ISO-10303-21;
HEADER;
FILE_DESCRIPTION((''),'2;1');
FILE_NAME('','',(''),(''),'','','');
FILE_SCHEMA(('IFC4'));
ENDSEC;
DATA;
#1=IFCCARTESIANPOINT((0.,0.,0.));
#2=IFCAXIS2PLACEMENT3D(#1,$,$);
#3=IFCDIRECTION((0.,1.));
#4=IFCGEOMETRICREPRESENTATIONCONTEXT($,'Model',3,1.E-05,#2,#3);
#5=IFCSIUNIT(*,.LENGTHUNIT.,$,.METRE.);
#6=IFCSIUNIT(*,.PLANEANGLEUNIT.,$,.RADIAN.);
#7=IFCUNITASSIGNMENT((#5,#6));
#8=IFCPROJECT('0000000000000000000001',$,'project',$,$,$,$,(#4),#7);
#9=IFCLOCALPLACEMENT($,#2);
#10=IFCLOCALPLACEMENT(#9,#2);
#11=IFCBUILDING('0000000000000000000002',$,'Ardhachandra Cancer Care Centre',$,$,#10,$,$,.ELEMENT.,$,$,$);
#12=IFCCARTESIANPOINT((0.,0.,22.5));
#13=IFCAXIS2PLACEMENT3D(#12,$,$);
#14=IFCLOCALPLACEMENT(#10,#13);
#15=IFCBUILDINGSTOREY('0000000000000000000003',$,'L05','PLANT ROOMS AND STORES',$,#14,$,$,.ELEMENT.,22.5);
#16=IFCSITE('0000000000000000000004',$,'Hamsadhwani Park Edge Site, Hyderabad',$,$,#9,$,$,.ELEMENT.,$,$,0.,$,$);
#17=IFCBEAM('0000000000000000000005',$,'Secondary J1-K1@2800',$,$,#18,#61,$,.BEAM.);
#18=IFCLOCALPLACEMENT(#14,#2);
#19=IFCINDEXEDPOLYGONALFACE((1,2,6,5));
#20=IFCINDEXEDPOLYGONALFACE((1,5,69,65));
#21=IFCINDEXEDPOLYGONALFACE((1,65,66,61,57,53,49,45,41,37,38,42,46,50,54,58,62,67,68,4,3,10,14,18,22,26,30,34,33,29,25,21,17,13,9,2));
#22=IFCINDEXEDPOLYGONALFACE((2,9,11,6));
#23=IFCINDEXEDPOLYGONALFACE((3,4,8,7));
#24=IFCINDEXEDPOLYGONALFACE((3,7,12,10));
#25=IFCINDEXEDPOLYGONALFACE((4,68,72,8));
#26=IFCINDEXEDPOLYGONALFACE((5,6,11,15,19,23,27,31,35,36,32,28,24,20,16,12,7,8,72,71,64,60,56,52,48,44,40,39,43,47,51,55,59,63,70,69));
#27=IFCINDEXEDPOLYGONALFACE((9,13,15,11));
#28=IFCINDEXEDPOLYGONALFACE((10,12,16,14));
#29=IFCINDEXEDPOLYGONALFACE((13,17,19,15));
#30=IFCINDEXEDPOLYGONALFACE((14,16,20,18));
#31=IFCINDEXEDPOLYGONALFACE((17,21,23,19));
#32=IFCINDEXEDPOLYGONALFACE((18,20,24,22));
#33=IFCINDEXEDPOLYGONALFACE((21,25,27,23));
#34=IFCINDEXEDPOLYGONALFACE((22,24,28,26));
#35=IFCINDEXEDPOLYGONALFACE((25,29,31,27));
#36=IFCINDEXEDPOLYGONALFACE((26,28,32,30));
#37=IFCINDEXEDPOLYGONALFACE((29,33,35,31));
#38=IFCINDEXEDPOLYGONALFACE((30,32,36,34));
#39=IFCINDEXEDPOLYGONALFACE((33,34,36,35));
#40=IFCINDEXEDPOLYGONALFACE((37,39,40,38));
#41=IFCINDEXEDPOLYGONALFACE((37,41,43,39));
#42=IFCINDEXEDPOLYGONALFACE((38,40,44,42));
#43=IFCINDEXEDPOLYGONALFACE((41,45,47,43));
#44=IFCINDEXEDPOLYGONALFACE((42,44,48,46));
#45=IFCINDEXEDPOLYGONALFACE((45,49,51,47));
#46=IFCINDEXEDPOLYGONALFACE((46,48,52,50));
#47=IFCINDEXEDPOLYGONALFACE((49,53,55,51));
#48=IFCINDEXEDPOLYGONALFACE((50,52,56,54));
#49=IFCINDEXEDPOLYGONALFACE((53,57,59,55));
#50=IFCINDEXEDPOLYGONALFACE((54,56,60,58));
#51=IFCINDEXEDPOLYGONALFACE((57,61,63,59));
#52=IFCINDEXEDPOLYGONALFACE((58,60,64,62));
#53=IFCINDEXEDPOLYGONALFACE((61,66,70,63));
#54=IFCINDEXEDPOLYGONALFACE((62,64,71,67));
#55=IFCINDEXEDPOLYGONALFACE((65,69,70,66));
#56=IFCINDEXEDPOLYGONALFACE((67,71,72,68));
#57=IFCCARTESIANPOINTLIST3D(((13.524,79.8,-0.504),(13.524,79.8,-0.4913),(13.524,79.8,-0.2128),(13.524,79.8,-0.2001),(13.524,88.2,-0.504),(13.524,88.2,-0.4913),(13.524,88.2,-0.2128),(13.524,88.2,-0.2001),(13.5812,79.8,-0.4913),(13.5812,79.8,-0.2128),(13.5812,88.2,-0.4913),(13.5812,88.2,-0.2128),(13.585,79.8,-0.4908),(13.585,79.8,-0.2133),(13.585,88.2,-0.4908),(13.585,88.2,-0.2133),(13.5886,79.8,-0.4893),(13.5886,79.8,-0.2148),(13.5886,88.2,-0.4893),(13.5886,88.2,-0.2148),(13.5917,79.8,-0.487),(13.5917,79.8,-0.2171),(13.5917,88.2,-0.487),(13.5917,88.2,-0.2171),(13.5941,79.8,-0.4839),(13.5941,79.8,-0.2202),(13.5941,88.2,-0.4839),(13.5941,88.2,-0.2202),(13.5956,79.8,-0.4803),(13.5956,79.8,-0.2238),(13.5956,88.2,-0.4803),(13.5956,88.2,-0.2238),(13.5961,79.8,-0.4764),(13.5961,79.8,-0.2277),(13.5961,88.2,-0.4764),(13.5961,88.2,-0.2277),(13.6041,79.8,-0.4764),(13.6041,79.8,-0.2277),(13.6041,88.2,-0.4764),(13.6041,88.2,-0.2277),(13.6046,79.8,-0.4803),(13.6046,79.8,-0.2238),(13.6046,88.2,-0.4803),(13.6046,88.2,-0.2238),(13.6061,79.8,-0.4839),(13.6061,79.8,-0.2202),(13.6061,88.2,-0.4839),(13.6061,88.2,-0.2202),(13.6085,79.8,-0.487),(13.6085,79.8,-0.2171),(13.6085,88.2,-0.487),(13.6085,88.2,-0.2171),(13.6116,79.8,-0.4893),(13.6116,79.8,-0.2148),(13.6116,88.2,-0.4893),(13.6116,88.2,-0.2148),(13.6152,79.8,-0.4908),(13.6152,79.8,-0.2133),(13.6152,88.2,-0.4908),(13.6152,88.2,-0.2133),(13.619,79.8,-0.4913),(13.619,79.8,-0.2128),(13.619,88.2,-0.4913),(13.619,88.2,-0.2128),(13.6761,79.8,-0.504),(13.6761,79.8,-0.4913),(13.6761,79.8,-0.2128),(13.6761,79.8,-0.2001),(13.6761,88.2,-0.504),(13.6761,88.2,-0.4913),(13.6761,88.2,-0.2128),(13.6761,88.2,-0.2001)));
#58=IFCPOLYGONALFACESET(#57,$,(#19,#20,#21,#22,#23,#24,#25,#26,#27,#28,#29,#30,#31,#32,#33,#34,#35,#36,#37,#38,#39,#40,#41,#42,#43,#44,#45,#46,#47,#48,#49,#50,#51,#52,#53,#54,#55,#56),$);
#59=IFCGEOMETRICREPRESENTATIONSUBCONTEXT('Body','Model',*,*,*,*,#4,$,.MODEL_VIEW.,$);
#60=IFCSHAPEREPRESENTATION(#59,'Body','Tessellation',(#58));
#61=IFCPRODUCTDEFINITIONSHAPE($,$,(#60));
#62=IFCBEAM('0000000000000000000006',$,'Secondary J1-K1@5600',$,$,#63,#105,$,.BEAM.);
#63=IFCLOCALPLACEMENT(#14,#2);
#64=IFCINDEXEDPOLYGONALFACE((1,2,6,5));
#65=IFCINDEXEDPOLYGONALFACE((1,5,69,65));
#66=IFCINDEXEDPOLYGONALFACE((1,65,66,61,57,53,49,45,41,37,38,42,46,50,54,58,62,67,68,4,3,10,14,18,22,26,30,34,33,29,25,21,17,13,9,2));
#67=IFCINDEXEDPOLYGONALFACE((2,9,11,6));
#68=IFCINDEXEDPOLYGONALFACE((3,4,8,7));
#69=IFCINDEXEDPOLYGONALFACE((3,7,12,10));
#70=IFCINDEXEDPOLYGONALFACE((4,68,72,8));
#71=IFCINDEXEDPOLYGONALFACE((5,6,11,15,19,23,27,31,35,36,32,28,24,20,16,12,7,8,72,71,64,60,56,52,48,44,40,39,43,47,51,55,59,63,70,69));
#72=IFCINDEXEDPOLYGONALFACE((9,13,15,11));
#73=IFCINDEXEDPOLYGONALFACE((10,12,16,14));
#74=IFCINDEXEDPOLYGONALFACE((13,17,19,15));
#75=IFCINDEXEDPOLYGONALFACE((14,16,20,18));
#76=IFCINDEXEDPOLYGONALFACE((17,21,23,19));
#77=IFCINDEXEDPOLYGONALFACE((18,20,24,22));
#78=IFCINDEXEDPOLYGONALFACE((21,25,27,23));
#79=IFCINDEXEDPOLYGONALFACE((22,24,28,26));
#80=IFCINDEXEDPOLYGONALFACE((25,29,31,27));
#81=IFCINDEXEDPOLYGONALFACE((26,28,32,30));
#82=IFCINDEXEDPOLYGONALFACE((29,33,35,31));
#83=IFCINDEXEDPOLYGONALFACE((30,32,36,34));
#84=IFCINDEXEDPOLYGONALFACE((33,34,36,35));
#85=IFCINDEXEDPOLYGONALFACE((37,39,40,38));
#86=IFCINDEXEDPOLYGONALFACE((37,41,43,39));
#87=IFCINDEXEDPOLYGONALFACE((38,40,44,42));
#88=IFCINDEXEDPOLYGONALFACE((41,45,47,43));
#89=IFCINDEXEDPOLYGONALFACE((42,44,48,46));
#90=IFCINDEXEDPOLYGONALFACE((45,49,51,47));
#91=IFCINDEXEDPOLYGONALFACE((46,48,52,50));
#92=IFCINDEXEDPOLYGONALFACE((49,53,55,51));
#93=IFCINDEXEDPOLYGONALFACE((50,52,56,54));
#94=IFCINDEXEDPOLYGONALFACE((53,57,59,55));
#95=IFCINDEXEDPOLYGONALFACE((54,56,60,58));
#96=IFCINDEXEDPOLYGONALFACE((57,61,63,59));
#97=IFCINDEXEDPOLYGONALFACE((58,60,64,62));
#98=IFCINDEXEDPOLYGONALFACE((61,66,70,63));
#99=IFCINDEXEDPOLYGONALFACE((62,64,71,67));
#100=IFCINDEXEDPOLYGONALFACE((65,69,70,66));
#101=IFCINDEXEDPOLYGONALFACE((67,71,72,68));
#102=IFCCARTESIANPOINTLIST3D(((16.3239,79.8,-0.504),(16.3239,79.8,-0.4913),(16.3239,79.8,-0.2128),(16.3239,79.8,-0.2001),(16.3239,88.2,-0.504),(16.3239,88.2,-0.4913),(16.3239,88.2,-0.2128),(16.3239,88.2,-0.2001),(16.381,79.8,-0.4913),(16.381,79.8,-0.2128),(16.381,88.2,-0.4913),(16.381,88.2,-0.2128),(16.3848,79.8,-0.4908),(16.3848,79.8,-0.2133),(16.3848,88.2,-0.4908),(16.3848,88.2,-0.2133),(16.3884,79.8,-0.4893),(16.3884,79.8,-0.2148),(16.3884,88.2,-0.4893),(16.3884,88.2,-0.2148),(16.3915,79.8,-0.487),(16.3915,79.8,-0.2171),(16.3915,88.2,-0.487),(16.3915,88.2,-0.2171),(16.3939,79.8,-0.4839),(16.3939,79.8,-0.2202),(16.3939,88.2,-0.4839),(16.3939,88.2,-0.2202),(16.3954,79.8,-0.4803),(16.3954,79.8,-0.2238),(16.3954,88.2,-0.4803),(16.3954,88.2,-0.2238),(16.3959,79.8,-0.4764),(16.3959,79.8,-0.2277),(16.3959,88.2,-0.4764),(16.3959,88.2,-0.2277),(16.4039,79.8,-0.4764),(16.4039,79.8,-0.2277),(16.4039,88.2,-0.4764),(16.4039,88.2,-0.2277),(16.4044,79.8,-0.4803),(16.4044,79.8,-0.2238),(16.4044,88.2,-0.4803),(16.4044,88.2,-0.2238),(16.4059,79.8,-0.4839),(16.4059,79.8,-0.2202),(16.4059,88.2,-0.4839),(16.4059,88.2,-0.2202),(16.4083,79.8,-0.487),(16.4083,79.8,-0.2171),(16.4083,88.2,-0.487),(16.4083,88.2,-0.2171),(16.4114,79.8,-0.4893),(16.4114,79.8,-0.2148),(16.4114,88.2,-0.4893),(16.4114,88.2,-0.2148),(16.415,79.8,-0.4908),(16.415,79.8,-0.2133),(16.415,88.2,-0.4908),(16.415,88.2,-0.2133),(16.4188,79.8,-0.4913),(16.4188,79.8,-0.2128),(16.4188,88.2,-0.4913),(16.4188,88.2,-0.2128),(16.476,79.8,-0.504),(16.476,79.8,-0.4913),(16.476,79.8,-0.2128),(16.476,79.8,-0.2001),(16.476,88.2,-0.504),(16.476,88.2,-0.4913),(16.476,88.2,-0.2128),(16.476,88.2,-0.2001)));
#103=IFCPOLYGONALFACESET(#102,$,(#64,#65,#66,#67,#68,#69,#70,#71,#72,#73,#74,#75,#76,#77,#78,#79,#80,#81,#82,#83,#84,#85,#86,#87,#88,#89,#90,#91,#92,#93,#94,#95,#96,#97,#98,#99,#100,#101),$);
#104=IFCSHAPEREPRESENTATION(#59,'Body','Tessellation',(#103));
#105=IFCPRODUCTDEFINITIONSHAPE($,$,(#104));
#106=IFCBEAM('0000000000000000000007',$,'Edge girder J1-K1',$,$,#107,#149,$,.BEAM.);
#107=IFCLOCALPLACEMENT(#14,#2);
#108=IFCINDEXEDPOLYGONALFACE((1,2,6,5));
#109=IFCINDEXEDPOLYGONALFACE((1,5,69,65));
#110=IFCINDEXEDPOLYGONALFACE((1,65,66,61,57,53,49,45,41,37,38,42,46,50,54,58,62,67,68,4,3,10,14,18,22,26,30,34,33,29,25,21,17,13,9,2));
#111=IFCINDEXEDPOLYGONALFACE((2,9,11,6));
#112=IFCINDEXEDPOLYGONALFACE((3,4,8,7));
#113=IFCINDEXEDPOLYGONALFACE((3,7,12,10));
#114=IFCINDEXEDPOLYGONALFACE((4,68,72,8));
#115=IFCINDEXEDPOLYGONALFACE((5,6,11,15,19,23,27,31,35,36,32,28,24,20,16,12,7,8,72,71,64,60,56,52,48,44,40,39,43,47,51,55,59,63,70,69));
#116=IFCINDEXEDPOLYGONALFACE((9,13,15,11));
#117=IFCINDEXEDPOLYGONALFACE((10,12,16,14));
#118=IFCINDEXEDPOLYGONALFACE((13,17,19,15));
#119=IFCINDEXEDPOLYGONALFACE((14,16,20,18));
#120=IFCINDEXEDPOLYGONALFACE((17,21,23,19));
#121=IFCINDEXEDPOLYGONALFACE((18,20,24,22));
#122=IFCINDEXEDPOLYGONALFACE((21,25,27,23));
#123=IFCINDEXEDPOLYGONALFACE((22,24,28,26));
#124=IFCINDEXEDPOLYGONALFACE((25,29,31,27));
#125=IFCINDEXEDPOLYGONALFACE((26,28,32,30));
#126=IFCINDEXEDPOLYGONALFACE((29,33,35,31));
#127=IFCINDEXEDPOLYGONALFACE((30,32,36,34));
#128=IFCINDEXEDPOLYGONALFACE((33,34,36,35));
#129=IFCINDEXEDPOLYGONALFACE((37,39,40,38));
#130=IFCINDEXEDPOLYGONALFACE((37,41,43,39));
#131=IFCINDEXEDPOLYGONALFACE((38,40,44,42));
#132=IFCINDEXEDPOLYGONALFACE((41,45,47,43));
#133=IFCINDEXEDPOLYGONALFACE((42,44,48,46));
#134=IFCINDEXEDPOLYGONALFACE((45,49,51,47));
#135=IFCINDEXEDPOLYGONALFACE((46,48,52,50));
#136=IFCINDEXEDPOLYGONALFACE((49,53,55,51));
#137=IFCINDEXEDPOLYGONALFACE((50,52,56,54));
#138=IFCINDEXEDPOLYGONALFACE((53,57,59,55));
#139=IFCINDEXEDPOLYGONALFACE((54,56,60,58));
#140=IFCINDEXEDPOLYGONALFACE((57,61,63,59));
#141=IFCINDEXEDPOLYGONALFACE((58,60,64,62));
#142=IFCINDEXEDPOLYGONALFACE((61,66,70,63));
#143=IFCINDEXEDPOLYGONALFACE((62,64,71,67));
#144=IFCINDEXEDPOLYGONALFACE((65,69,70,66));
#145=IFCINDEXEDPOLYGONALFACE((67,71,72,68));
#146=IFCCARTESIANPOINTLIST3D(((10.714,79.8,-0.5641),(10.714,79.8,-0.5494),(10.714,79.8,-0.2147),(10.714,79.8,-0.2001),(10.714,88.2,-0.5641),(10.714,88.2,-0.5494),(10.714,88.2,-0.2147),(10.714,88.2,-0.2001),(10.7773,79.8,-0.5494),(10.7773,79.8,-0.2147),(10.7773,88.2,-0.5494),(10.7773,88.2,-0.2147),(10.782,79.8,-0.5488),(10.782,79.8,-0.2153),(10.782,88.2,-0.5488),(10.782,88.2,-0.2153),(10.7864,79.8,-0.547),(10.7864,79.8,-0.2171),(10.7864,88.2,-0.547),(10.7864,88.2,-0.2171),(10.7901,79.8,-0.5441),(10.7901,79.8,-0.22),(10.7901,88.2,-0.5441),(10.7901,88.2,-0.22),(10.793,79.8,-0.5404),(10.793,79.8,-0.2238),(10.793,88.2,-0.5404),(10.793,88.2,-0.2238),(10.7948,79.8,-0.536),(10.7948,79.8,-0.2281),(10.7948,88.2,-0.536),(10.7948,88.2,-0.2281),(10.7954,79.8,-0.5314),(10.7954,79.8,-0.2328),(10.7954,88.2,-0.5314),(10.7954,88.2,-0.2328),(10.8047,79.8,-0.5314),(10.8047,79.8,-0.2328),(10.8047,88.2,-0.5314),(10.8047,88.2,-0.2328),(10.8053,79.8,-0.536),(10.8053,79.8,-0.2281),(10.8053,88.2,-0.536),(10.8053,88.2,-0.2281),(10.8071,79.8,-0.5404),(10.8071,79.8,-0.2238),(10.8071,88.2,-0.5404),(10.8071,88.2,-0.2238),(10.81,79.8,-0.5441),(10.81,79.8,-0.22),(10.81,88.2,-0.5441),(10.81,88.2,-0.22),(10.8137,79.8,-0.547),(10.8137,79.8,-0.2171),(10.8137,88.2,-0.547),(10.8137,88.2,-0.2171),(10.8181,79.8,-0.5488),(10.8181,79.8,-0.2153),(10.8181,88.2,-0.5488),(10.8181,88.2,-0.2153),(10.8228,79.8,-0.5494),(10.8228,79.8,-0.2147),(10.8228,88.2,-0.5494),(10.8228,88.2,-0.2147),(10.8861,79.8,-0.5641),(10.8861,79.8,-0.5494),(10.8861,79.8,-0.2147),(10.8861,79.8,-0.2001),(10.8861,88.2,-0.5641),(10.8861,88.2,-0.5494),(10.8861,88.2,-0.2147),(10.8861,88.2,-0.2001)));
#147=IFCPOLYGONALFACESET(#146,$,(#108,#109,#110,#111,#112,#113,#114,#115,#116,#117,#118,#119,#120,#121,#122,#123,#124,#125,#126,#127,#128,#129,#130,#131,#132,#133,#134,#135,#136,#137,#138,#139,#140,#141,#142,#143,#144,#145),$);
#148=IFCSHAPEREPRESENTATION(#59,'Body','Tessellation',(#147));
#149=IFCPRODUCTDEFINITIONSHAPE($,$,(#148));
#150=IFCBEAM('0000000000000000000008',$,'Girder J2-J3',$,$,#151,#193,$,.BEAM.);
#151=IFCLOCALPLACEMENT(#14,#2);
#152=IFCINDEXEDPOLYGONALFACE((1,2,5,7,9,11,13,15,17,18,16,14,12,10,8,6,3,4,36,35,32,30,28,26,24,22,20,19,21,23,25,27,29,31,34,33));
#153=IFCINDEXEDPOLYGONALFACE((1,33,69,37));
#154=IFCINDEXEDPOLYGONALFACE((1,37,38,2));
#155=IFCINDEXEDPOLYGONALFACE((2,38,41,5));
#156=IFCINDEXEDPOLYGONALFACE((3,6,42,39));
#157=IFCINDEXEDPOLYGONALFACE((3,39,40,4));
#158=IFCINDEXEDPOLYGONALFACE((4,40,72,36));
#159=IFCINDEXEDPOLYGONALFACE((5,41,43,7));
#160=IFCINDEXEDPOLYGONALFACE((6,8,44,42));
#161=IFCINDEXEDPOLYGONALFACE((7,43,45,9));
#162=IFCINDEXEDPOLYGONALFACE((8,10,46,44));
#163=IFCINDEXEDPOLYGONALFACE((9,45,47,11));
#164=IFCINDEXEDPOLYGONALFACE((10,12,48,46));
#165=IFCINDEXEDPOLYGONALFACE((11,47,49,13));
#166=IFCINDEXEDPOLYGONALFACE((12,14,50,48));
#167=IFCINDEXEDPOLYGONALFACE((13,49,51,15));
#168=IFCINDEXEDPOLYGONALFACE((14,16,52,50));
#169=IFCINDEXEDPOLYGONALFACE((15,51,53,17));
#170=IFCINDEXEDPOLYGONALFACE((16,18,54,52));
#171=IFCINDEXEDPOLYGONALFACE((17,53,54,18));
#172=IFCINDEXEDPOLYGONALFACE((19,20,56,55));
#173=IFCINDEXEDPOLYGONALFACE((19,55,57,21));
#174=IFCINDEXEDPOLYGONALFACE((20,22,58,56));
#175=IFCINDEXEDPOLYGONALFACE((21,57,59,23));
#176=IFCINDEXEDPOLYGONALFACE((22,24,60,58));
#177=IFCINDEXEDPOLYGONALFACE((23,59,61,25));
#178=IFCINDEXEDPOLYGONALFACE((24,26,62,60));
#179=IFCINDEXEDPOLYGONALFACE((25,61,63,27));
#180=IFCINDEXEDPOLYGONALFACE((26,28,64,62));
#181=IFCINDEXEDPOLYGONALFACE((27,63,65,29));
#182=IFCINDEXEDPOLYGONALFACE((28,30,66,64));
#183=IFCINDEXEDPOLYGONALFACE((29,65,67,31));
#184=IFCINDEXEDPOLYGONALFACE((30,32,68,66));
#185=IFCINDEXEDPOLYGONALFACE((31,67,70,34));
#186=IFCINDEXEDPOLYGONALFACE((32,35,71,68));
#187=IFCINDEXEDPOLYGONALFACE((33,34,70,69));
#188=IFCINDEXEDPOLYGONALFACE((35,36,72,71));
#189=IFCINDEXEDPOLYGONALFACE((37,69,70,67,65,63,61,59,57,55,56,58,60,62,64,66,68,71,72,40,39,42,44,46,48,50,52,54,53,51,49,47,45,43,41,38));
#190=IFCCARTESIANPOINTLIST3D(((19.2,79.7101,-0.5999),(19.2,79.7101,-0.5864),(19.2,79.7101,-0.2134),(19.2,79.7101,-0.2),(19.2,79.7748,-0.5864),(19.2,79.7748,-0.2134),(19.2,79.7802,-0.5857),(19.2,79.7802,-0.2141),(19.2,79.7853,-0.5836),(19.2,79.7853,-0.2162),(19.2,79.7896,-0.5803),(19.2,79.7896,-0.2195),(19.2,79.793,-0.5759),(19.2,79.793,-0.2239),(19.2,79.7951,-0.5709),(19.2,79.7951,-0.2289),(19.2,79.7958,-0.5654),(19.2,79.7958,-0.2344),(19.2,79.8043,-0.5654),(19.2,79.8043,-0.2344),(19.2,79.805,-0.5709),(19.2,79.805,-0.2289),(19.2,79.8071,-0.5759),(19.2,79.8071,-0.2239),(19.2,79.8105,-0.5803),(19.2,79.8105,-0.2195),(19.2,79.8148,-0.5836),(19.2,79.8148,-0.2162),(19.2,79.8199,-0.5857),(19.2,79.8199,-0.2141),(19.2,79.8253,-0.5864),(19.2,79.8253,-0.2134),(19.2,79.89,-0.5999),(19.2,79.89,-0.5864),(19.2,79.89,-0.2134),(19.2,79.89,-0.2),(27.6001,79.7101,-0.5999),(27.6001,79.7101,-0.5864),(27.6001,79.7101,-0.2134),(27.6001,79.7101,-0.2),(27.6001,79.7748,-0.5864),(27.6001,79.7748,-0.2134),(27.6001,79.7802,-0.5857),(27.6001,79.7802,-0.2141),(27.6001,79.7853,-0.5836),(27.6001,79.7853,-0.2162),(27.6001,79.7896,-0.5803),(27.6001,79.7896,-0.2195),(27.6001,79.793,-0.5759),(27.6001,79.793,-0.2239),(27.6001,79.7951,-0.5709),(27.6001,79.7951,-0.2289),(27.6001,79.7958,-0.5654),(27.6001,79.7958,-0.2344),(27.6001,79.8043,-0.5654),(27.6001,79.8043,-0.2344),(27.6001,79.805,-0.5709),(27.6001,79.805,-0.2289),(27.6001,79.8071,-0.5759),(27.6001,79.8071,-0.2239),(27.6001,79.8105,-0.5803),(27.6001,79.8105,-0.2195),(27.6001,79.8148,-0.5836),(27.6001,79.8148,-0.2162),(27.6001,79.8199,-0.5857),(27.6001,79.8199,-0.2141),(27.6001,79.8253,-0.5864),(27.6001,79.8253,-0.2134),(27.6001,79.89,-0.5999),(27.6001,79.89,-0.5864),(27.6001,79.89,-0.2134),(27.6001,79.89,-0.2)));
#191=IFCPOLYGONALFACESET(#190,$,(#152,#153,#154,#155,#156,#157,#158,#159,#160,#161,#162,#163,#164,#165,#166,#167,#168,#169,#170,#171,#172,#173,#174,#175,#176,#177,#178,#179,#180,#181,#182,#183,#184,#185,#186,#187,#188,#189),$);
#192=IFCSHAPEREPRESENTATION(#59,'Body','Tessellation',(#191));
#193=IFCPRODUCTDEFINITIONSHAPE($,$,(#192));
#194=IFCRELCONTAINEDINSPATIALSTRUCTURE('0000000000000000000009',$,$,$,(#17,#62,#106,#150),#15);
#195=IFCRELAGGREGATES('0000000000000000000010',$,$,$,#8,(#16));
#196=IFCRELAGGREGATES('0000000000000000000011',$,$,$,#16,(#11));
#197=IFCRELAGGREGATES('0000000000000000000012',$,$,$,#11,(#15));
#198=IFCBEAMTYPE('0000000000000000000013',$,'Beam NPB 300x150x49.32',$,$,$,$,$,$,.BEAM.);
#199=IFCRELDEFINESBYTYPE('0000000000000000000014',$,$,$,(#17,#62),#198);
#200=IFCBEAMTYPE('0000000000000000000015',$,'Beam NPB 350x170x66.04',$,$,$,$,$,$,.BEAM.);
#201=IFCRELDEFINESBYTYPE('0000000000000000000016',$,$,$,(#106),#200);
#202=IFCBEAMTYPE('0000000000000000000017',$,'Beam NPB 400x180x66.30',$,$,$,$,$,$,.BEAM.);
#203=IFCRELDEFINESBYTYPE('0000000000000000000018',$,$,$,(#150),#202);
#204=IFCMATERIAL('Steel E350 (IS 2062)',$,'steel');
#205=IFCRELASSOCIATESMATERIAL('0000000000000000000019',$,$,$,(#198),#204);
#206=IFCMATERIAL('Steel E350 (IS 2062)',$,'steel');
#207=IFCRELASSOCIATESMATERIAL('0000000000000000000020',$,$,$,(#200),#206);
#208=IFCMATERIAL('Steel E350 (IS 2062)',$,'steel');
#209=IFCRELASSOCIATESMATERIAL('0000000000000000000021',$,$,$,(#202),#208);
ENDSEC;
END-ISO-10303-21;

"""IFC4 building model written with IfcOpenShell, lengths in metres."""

from ifc_helpers import new_model, si_unit, direction, frame, origin, origin_2d, place, context, subcontext, project, spatial, i_section, extrude, material, material_profile, profile_set, type_object, element, save


model = new_model("IFC4")

# Units and contexts
model_context = context("Model", 3, precision=1e-05, world=origin(), true_north=direction((0.0, 1.0)))
body_context = subcontext(model_context, "Body", "Model", "MODEL_VIEW")
ifc_project = project(units=[si_unit("LENGTHUNIT", "METRE"), si_unit("PLANEANGLEUNIT", "RADIAN")], contexts=[model_context])

# Site, building, storey
site_placement = place(None, origin())
site = spatial("IfcSite", under=ifc_project, at=site_placement, Name="Hamsadhwani Park Edge Site, Hyderabad", CompositionType="ELEMENT", RefElevation=0.0)
building_placement = place(site_placement, origin())
building = spatial("IfcBuilding", under=site, at=building_placement, Name="Ardhachandra Cancer Care Centre", CompositionType="ELEMENT")
storey_placement = place(building_placement, frame((0.0, 0.0, 22.5)))
storey = spatial("IfcBuildingStorey", under=building, at=storey_placement, Name="L05", Description="PLANT ROOMS AND STORES", CompositionType="ELEMENT", Elevation=22.5)

# Beams
ifc_material_1 = material(Name="Steel E350 (IS 2062)", Category="steel")
ifc_material_profile_1 = material_profile(ifc_material_1, i_section(OverallWidth=0.1521, OverallDepth=0.304, WebThickness=0.0081, FlangeThickness=0.0127, FilletRadius=0.0149, at=origin_2d()), Name="NPB 300x150x49.32")
ifc_profile_set_1 = profile_set([ifc_material_profile_1], Name="Steel E350 (IS 2062)")
beam_type_1 = type_object("IfcBeamType", Name="Beam NPB 300x150x49.32", PredefinedType="BEAM", material=ifc_profile_set_1)
for number, where, z_axis, x_axis, name in (
    (1, (13.6001, 79.8, -0.3521), (0.0, 1.0, 0.0), (-1.0, 0.0, 0.0), "Secondary J1-K1@2800"),
    (2, (16.3999, 79.8, -0.3521), (0.0, 1.0, 0.0), (-1.0, 0.0, 0.0), "Secondary J1-K1@5600"),
):
    element("IfcBeam", number, at=place(storey_placement, frame(where, z_axis=z_axis, x_axis=x_axis)), inside=storey, type_object=beam_type_1, Name=name, PredefinedType="BEAM", context=body_context, shape_type="SweptSolid", body=[
        extrude(i_section(OverallWidth=0.1521, OverallDepth=0.304, WebThickness=0.0081, FlangeThickness=0.0127, FilletRadius=0.0149, at=origin_2d()), origin(), (0.0, 0.0, 1.0), 8.3999),
    ])
ifc_material_2 = material(Name="Steel E350 (IS 2062)", Category="steel")
ifc_material_profile_2 = material_profile(ifc_material_2, i_section(OverallWidth=0.1721, OverallDepth=0.364, WebThickness=0.0093, FlangeThickness=0.0146, FilletRadius=0.0181, at=origin_2d()), Name="NPB 350x170x66.04")
ifc_profile_set_2 = profile_set([ifc_material_profile_2], Name="Steel E350 (IS 2062)")
beam_type_2 = type_object("IfcBeamType", Name="Beam NPB 350x170x66.04", PredefinedType="BEAM", material=ifc_profile_set_2)
beam_1_placement = place(storey_placement, frame((10.8, 79.8, -0.3821), z_axis=(0.0, 1.0, 0.0), x_axis=(-1.0, 0.0, 0.0)))
element("IfcBeam", 3, at=beam_1_placement, inside=storey, type_object=beam_type_2, Name="Edge girder J1-K1", PredefinedType="BEAM", context=body_context, shape_type="SweptSolid", body=[
    extrude(i_section(OverallWidth=0.1721, OverallDepth=0.364, WebThickness=0.0093, FlangeThickness=0.0146, FilletRadius=0.0181, at=origin_2d()), origin(), (0.0, 0.0, 1.0), 8.3999),
])
ifc_material_3 = material(Name="Steel E350 (IS 2062)", Category="steel")
ifc_material_profile_3 = material_profile(ifc_material_3, i_section(OverallWidth=0.1799, OverallDepth=0.3999, WebThickness=0.0085, FlangeThickness=0.0134, FilletRadius=0.021, at=origin_2d()), Name="NPB 400x180x66.30")
ifc_profile_set_3 = profile_set([ifc_material_profile_3], Name="Steel E350 (IS 2062)")
beam_type_3 = type_object("IfcBeamType", Name="Beam NPB 400x180x66.30", PredefinedType="BEAM", material=ifc_profile_set_3)
beam_2_placement = place(storey_placement, frame((19.2, 79.8, -0.3999), z_axis=(1.0, 0.0, 0.0), x_axis=(0.0, 1.0, 0.0)))
element("IfcBeam", 4, at=beam_2_placement, inside=storey, type_object=beam_type_3, Name="Girder J2-J3", PredefinedType="BEAM", context=body_context, shape_type="SweptSolid", body=[
    extrude(i_section(OverallWidth=0.1799, OverallDepth=0.3999, WebThickness=0.0085, FlangeThickness=0.0134, FilletRadius=0.021, at=origin_2d()), origin(), (0.0, 0.0, 1.0), 8.4001),
])

save(model, "model.ifc")
